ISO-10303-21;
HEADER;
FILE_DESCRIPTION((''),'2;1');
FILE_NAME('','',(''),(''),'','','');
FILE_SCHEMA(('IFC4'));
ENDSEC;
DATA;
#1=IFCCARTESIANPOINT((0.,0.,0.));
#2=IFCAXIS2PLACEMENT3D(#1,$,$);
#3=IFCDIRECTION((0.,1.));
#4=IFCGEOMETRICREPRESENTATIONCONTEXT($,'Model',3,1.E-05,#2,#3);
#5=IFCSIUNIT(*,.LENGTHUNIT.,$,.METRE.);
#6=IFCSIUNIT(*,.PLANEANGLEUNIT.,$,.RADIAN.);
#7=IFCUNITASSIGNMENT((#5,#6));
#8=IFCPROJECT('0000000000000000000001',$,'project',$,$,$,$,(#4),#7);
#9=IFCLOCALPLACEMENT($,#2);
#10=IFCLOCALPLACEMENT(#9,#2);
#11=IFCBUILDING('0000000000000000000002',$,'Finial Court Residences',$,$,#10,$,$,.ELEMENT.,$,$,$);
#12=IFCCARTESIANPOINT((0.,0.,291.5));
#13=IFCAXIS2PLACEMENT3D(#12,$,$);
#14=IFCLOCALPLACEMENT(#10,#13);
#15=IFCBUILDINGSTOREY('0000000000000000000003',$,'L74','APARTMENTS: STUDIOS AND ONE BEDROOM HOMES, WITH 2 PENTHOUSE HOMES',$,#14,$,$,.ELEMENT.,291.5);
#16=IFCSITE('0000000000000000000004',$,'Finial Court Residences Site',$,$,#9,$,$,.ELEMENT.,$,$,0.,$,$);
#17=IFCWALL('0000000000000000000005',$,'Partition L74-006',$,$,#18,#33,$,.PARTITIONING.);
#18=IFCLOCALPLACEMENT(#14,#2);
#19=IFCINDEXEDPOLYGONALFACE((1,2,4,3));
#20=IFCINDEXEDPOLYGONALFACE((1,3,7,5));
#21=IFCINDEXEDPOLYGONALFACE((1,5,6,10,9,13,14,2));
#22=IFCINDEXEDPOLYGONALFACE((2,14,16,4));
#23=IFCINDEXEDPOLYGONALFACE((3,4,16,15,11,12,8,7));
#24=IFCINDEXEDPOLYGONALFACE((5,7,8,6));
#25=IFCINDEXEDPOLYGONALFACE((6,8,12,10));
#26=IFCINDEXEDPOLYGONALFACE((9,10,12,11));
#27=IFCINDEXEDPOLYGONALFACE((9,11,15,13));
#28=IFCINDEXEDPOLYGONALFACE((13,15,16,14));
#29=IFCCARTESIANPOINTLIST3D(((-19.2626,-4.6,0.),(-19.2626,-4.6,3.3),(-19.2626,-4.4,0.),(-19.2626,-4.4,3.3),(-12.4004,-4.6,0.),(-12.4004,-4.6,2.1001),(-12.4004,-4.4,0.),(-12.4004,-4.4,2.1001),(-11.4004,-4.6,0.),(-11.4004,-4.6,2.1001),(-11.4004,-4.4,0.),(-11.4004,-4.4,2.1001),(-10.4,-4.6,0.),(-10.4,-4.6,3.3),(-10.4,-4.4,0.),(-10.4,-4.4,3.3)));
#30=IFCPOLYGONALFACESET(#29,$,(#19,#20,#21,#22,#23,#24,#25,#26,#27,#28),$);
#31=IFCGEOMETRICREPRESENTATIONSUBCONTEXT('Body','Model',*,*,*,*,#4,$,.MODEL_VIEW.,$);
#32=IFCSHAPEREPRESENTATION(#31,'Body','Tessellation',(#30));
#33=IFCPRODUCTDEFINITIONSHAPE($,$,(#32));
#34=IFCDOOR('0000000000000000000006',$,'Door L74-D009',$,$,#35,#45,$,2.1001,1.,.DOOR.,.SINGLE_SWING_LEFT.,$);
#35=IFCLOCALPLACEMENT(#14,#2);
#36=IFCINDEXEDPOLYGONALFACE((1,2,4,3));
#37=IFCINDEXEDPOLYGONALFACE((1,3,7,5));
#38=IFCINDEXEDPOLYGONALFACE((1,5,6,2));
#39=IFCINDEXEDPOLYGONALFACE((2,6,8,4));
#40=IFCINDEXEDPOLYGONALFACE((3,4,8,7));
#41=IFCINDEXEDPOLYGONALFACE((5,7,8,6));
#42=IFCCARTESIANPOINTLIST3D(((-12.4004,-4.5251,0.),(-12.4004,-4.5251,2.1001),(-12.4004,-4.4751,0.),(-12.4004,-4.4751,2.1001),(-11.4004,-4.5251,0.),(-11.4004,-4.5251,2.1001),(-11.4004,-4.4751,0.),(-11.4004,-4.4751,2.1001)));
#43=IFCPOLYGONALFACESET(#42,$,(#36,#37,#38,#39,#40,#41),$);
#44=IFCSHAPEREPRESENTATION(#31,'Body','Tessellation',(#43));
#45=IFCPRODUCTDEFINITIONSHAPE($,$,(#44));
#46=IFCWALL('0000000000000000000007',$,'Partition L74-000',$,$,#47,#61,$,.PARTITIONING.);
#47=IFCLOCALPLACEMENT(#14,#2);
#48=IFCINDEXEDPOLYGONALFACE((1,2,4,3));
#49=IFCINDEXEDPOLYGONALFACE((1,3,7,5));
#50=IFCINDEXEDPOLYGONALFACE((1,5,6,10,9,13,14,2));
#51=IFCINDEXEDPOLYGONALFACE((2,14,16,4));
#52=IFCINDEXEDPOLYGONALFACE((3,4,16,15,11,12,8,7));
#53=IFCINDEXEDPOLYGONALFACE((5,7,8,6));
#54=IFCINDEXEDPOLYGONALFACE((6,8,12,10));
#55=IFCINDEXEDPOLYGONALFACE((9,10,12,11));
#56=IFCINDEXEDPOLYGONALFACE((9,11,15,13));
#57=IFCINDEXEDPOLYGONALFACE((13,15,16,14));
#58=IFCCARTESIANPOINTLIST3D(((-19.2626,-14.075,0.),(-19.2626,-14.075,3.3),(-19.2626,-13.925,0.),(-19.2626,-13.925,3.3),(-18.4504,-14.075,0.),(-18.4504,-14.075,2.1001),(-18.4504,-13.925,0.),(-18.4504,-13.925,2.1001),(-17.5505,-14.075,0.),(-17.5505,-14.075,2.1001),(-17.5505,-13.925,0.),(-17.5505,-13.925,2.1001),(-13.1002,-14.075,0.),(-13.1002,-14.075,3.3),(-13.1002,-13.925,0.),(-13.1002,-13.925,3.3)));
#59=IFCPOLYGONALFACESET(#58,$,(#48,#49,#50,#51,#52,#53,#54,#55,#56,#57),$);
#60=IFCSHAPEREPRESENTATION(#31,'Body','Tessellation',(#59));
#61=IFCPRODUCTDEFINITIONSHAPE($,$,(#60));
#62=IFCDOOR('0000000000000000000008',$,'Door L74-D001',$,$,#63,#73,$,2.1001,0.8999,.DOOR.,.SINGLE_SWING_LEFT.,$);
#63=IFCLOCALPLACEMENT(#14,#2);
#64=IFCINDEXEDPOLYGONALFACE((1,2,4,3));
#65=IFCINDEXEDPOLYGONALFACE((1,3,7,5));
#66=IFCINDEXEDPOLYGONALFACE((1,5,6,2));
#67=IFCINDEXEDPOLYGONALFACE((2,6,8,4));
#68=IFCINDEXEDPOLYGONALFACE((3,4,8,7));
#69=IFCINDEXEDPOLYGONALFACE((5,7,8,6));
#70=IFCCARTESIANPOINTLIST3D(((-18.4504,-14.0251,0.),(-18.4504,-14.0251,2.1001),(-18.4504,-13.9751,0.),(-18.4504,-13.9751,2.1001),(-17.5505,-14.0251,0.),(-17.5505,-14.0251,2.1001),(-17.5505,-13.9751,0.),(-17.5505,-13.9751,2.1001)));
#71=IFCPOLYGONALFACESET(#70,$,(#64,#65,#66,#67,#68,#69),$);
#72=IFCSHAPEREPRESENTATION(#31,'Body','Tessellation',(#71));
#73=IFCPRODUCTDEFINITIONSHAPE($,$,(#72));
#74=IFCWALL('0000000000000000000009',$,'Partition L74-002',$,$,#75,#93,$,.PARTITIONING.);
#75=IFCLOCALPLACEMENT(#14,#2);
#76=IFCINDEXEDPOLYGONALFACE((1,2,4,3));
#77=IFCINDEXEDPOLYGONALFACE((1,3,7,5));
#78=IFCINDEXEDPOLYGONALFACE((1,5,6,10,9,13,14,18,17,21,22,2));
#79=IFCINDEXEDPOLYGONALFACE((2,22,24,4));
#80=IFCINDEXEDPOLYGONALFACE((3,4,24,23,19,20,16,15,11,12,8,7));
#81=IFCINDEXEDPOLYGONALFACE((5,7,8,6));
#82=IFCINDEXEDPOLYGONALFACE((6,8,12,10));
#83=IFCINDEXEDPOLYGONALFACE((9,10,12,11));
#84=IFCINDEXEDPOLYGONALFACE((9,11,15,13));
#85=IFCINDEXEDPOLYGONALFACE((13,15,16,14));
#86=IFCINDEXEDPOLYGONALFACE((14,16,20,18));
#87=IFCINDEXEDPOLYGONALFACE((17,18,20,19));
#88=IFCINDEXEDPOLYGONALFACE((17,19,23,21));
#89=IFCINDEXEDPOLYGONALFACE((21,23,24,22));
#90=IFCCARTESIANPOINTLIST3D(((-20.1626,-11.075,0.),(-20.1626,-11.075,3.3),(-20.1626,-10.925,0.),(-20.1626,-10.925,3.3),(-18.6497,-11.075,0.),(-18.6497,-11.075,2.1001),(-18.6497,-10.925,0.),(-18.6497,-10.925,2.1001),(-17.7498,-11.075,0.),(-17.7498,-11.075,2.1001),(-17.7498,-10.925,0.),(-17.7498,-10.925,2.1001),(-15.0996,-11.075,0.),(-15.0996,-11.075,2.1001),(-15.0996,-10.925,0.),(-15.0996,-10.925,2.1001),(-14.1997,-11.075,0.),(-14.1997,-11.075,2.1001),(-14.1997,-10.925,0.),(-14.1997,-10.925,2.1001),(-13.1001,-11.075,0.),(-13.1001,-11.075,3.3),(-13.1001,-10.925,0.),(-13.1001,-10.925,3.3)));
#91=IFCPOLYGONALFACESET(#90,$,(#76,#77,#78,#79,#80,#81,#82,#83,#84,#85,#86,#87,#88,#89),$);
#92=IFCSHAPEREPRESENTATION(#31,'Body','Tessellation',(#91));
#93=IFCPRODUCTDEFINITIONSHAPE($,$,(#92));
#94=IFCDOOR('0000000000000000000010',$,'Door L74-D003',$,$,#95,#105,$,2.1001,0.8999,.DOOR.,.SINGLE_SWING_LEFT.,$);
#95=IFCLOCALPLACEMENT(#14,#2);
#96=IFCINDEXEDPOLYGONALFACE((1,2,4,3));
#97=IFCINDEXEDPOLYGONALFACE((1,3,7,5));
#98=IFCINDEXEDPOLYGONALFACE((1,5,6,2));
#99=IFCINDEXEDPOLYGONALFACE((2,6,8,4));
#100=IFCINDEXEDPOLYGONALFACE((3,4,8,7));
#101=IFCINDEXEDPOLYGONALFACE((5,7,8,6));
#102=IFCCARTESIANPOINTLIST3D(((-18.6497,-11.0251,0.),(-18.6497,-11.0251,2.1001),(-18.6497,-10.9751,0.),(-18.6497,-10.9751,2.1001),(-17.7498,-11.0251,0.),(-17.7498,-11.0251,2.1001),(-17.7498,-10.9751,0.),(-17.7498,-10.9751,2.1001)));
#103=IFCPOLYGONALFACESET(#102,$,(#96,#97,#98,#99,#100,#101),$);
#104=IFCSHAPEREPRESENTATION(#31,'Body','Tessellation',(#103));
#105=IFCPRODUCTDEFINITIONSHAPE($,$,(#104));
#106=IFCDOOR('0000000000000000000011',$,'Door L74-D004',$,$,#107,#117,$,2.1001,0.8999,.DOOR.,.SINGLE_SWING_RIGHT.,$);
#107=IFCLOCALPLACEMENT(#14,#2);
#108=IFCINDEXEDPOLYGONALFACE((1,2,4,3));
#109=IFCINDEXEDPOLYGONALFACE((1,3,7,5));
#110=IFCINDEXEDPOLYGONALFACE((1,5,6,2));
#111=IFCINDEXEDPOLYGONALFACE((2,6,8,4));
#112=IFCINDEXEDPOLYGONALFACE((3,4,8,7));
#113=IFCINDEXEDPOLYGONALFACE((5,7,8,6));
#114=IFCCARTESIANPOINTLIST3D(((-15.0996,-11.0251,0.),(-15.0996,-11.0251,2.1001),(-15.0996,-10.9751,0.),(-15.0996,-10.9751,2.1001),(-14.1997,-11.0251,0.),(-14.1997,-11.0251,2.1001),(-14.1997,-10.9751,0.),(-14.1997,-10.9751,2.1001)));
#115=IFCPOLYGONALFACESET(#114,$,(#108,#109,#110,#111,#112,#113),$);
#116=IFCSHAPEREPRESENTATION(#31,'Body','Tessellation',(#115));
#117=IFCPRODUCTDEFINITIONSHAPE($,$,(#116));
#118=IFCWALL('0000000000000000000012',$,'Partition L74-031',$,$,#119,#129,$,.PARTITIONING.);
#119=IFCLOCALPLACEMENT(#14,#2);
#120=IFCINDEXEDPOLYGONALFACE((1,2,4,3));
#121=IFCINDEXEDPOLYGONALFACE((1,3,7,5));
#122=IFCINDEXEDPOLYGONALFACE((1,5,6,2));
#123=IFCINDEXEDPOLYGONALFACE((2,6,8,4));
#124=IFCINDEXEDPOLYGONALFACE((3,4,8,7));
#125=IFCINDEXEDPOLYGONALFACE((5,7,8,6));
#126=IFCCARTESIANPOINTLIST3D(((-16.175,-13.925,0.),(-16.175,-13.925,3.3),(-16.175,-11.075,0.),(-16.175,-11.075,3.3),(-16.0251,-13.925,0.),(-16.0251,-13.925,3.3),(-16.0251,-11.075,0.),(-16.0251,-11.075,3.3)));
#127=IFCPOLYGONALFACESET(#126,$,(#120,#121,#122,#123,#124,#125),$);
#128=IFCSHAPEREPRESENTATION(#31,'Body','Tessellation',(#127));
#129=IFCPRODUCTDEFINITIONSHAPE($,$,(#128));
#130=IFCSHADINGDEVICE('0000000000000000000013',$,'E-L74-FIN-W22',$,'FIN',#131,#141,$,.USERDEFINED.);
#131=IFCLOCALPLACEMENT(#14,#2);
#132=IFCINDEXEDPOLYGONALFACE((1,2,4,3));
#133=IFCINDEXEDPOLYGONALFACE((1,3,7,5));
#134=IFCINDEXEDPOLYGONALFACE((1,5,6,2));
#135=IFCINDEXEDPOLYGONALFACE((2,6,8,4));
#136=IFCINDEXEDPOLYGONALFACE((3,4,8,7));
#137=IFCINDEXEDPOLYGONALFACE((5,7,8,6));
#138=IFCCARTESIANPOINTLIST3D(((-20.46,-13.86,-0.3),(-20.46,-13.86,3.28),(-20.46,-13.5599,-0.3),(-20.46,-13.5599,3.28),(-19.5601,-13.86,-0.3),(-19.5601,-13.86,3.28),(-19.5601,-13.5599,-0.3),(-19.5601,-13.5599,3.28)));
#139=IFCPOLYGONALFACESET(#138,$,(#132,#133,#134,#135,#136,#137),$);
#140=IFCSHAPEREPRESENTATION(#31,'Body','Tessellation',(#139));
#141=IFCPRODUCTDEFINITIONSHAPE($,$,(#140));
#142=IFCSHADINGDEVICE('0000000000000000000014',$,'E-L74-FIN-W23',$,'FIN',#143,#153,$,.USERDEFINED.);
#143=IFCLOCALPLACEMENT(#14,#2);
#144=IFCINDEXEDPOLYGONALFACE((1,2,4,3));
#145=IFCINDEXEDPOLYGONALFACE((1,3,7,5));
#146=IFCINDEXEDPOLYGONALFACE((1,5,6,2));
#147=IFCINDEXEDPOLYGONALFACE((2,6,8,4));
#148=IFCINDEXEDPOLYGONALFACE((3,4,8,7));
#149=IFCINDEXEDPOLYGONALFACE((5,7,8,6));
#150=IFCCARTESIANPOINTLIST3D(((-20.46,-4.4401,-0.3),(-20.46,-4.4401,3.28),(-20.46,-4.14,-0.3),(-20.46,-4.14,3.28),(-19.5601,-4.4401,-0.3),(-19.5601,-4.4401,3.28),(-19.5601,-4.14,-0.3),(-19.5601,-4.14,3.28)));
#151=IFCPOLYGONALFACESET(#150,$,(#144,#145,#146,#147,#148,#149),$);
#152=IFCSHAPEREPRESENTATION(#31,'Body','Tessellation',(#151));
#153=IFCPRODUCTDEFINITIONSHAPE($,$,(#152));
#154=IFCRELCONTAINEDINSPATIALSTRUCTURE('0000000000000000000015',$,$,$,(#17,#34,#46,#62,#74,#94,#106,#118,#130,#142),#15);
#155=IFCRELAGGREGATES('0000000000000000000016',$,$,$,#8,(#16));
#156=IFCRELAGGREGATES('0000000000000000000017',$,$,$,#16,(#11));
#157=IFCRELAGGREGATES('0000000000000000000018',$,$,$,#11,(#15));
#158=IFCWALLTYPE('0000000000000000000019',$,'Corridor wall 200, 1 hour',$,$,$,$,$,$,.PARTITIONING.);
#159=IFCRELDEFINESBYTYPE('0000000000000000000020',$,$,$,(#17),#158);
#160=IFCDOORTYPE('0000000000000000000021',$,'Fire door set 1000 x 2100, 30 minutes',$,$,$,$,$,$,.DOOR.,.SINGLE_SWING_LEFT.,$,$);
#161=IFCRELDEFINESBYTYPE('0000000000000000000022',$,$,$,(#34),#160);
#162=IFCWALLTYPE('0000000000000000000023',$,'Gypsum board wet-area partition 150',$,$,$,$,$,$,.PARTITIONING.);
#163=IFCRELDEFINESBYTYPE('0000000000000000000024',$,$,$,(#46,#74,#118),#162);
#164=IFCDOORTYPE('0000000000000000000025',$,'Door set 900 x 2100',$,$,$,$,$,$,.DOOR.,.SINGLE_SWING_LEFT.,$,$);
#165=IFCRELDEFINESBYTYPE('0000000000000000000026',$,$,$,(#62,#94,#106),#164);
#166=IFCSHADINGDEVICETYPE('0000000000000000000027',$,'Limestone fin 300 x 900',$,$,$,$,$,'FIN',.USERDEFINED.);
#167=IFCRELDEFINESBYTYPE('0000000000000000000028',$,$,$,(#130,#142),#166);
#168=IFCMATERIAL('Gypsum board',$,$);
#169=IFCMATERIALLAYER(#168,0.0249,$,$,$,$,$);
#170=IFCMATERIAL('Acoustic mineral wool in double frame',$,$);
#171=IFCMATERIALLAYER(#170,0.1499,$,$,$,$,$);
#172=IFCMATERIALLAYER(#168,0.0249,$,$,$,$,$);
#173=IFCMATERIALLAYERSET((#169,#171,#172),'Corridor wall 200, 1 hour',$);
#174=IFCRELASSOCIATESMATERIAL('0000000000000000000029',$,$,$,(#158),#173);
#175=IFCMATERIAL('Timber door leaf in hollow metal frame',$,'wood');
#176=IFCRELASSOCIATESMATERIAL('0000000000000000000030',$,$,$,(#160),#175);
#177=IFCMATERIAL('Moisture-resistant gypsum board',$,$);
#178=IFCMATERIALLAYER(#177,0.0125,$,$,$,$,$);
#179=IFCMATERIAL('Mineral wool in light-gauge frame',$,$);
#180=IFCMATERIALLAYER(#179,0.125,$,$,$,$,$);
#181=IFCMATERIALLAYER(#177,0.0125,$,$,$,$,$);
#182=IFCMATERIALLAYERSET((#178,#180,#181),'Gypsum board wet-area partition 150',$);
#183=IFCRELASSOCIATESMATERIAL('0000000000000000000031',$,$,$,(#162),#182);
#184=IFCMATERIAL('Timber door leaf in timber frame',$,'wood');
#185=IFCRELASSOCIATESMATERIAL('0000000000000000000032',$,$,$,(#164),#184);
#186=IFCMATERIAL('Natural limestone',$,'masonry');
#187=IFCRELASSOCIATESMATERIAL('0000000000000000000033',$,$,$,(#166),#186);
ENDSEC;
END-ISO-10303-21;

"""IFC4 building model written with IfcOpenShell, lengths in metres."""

from ifc_helpers import new_model, si_unit, direction, frame, frame_2d, origin, origin_2d, place, context, subcontext, project, spatial, rectangle, extrude, material, layer, layer_set, type_object, element, fill, save


model = new_model("IFC4")

# Units and contexts
model_context = context("Model", 3, precision=1e-05, world=origin(), true_north=direction((0.0, 1.0)))
body_context = subcontext(model_context, "Body", "Model", "MODEL_VIEW")
ifc_project = project(units=[si_unit("LENGTHUNIT", "METRE"), si_unit("PLANEANGLEUNIT", "RADIAN")], contexts=[model_context])

# Site, building, storey
site_placement = place(None, origin())
site = spatial("IfcSite", under=ifc_project, at=site_placement, Name="Finial Court Residences Site", CompositionType="ELEMENT", RefElevation=0.0)
building_placement = place(site_placement, origin())
building = spatial("IfcBuilding", under=site, at=building_placement, Name="Finial Court Residences", CompositionType="ELEMENT")
storey_placement = place(building_placement, frame((0.0, 0.0, 291.5)))
storey = spatial("IfcBuildingStorey", under=building, at=storey_placement, Name="L74", Description="APARTMENTS: STUDIOS AND ONE BEDROOM HOMES, WITH 2 PENTHOUSE HOMES", CompositionType="ELEMENT", Elevation=291.5)

# Walls, openings, doors
ifc_material_1 = material(Name="Gypsum board")
ifc_layer_1 = layer(ifc_material_1, 0.0249)
ifc_material_2 = material(Name="Acoustic mineral wool in double frame")
ifc_layer_2 = layer(ifc_material_2, 0.1499)
ifc_layer_3 = layer(ifc_material_1, 0.0249)
ifc_layer_set_1 = layer_set([ifc_layer_1, ifc_layer_2, ifc_layer_3], Name="Corridor wall 200, 1 hour")
wall_type_1 = type_object("IfcWallType", Name="Corridor wall 200, 1 hour", PredefinedType="PARTITIONING", material=ifc_layer_set_1)
ifc_material_3 = material(Name="Timber door leaf in hollow metal frame", Category="wood")
door_type_1 = type_object("IfcDoorType", Name="Fire door set 1000 x 2100, 30 minutes", OperationType="SINGLE_SWING_LEFT", PredefinedType="DOOR", material=ifc_material_3)
wall_1_placement = place(storey_placement, frame((-19.2625, -4.5, 0.0), z_axis=(0.0, 0.0, 1.0), x_axis=(1.0, 0.0, 0.0)))
wall_1 = element("IfcWall", 1, at=wall_1_placement, inside=storey, type_object=wall_type_1, Name="Partition L74-006", PredefinedType="PARTITIONING", context=body_context, shape_type="SweptSolid", body=[
    extrude(rectangle(XDim=8.8625, YDim=0.2, at=frame_2d((4.4312, 0.0))), origin(), (0.0, 0.0, 1.0), 3.3),
])
opening_1_placement = place(wall_1_placement, frame((6.8621, 0.0, 0.0)))
opening_1 = element("IfcOpeningElement", 2, at=opening_1_placement, cuts=wall_1, PredefinedType="OPENING", context=body_context, shape_type="SweptSolid", body=[
    extrude(rectangle(XDim=1.0, YDim=2.1001, at=frame_2d((0.5, 1.05))), frame((0.0, 0.1099, 0.0), z_axis=(0.0, -1.0, 0.0), x_axis=(1.0, 0.0, 0.0)), (0.0, 0.0, 1.0), 0.22),
])
door_1_placement = place(opening_1_placement, origin())
door_1 = element("IfcDoor", 3, at=door_1_placement, inside=storey, type_object=door_type_1, Name="Door L74-D009", OperationType="SINGLE_SWING_LEFT", OverallHeight=2.1001, OverallWidth=1.0, PredefinedType="DOOR", context=body_context, shape_type="SweptSolid", body=[
    extrude(rectangle(XDim=1.0, YDim=2.1001, at=frame_2d((0.5, 1.05))), frame((0.0, 0.0249, 0.0), z_axis=(0.0, -1.0, 0.0), x_axis=(1.0, 0.0, 0.0)), (0.0, 0.0, 1.0), 0.05),
])
fill(opening_1, door_1)
ifc_material_4 = material(Name="Moisture-resistant gypsum board")
ifc_layer_4 = layer(ifc_material_4, 0.0125)
ifc_material_5 = material(Name="Mineral wool in light-gauge frame")
ifc_layer_5 = layer(ifc_material_5, 0.125)
ifc_layer_6 = layer(ifc_material_4, 0.0125)
ifc_layer_set_2 = layer_set([ifc_layer_4, ifc_layer_5, ifc_layer_6], Name="Gypsum board wet-area partition 150")
wall_type_2 = type_object("IfcWallType", Name="Gypsum board wet-area partition 150", PredefinedType="PARTITIONING", material=ifc_layer_set_2)
wall_2_placement = place(storey_placement, frame((-19.2625, -14.0, 0.0), z_axis=(0.0, 0.0, 1.0), x_axis=(1.0, 0.0, 0.0)))
wall_2 = element("IfcWall", 4, at=wall_2_placement, inside=storey, type_object=wall_type_2, Name="Partition L74-000", PredefinedType="PARTITIONING", context=body_context, shape_type="SweptSolid", body=[
    extrude(rectangle(XDim=6.1624, YDim=0.1499, at=frame_2d((3.0811, 0.0))), origin(), (0.0, 0.0, 1.0), 3.3),
])
opening_2_placement = place(wall_2_placement, frame((0.812, 0.0, 0.0)))
opening_2 = element("IfcOpeningElement", 5, at=opening_2_placement, cuts=wall_2, PredefinedType="OPENING", context=body_context, shape_type="SweptSolid", body=[
    extrude(rectangle(XDim=0.8999, YDim=2.1001, at=frame_2d((0.45, 1.05))), frame((0.0, 0.085, 0.0), z_axis=(0.0, -1.0, 0.0), x_axis=(1.0, 0.0, 0.0)), (0.0, 0.0, 1.0), 0.1699),
])
ifc_material_6 = material(Name="Timber door leaf in timber frame", Category="wood")
door_type_2 = type_object("IfcDoorType", Name="Door set 900 x 2100", OperationType="SINGLE_SWING_LEFT", PredefinedType="DOOR", material=ifc_material_6)
door_2_placement = place(opening_2_placement, origin())
door_2 = element("IfcDoor", 6, at=door_2_placement, inside=storey, type_object=door_type_2, Name="Door L74-D001", OperationType="SINGLE_SWING_LEFT", OverallHeight=2.1001, OverallWidth=0.8999, PredefinedType="DOOR", context=body_context, shape_type="SweptSolid", body=[
    extrude(rectangle(XDim=0.8999, YDim=2.1001, at=frame_2d((0.45, 1.05))), frame((0.0, 0.0249, 0.0), z_axis=(0.0, -1.0, 0.0), x_axis=(1.0, 0.0, 0.0)), (0.0, 0.0, 1.0), 0.05),
])
fill(opening_2, door_2)

# Wall, openings, doors
wall_3_placement = place(storey_placement, frame((-20.1626, -11.0, 0.0), z_axis=(0.0, 0.0, 1.0), x_axis=(1.0, 0.0, 0.0)))
wall_3 = element("IfcWall", 7, at=wall_3_placement, inside=storey, type_object=wall_type_2, Name="Partition L74-002", PredefinedType="PARTITIONING", context=body_context, shape_type="SweptSolid", body=[
    extrude(rectangle(XDim=7.0625, YDim=0.1499, at=frame_2d((3.5312, 0.0))), origin(), (0.0, 0.0, 1.0), 3.3),
])
opening_3_placement = place(wall_3_placement, frame((1.5129, 0.0, 0.0)))
opening_3 = element("IfcOpeningElement", 8, at=opening_3_placement, cuts=wall_3, PredefinedType="OPENING", context=body_context, shape_type="SweptSolid", body=[
    extrude(rectangle(XDim=0.8999, YDim=2.1001, at=frame_2d((0.45, 1.05))), frame((0.0, 0.085, 0.0), z_axis=(0.0, -1.0, 0.0), x_axis=(1.0, 0.0, 0.0)), (0.0, 0.0, 1.0), 0.1699),
])
opening_4_placement = place(wall_3_placement, frame((5.063, 0.0, 0.0)))
opening_4 = element("IfcOpeningElement", 9, at=opening_4_placement, cuts=wall_3, PredefinedType="OPENING", context=body_context, shape_type="SweptSolid", body=[
    extrude(rectangle(XDim=0.8999, YDim=2.1001, at=frame_2d((0.45, 1.05))), frame((0.0, 0.085, 0.0), z_axis=(0.0, -1.0, 0.0), x_axis=(1.0, 0.0, 0.0)), (0.0, 0.0, 1.0), 0.1699),
])
door_3_placement = place(opening_3_placement, origin())
door_3 = element("IfcDoor", 10, at=door_3_placement, inside=storey, type_object=door_type_2, Name="Door L74-D003", OperationType="SINGLE_SWING_LEFT", OverallHeight=2.1001, OverallWidth=0.8999, PredefinedType="DOOR", context=body_context, shape_type="SweptSolid", body=[
    extrude(rectangle(XDim=0.8999, YDim=2.1001, at=frame_2d((0.45, 1.05))), frame((0.0, 0.0249, 0.0), z_axis=(0.0, -1.0, 0.0), x_axis=(1.0, 0.0, 0.0)), (0.0, 0.0, 1.0), 0.05),
])
fill(opening_3, door_3)
door_4_placement = place(opening_4_placement, origin())
door_4 = element("IfcDoor", 11, at=door_4_placement, inside=storey, type_object=door_type_2, Name="Door L74-D004", OperationType="SINGLE_SWING_RIGHT", OverallHeight=2.1001, OverallWidth=0.8999, PredefinedType="DOOR", context=body_context, shape_type="SweptSolid", body=[
    extrude(rectangle(XDim=0.8999, YDim=2.1001, at=frame_2d((0.45, 1.05))), frame((0.0, 0.0249, 0.0), z_axis=(0.0, -1.0, 0.0), x_axis=(1.0, 0.0, 0.0)), (0.0, 0.0, 1.0), 0.05),
])
fill(opening_4, door_4)

# Wall
wall_4_placement = place(storey_placement, frame((-16.1001, -13.925, 0.0), z_axis=(0.0, 0.0, 1.0), x_axis=(0.0, 1.0, 0.0)))
element("IfcWall", 12, at=wall_4_placement, inside=storey, type_object=wall_type_2, Name="Partition L74-031", PredefinedType="PARTITIONING", context=body_context, shape_type="SweptSolid", body=[
    extrude(rectangle(XDim=2.8501, YDim=0.1499, at=frame_2d((1.425, 0.0))), origin(), (0.0, 0.0, 1.0), 3.3),
])

# Shading devices
ifc_material_7 = material(Name="Natural limestone", Category="masonry")
shading_device_type = type_object("IfcShadingDeviceType", Name="Limestone fin 300 x 900", ElementType="FIN", PredefinedType="USERDEFINED", material=ifc_material_7)
for number, where, z_axis, x_axis, name in (
    (13, (-20.01, -13.71, -0.3), (0.0, 0.0, 1.0), (1.0, 0.0, 0.0), "E-L74-FIN-W22"),
    (14, (-20.01, -4.29, -0.3), (0.0, 0.0, 1.0), (1.0, 0.0, 0.0), "E-L74-FIN-W23"),
):
    element("IfcShadingDevice", number, at=place(storey_placement, frame(where, z_axis=z_axis, x_axis=x_axis)), inside=storey, type_object=shading_device_type, Name=name, ObjectType="FIN", PredefinedType="USERDEFINED", context=body_context, shape_type="SweptSolid", body=[
        extrude(rectangle(XDim=0.8999, YDim=0.3, at=origin_2d()), origin(), (0.0, 0.0, 1.0), 3.5801),
    ])

save(model, "model.ifc")
